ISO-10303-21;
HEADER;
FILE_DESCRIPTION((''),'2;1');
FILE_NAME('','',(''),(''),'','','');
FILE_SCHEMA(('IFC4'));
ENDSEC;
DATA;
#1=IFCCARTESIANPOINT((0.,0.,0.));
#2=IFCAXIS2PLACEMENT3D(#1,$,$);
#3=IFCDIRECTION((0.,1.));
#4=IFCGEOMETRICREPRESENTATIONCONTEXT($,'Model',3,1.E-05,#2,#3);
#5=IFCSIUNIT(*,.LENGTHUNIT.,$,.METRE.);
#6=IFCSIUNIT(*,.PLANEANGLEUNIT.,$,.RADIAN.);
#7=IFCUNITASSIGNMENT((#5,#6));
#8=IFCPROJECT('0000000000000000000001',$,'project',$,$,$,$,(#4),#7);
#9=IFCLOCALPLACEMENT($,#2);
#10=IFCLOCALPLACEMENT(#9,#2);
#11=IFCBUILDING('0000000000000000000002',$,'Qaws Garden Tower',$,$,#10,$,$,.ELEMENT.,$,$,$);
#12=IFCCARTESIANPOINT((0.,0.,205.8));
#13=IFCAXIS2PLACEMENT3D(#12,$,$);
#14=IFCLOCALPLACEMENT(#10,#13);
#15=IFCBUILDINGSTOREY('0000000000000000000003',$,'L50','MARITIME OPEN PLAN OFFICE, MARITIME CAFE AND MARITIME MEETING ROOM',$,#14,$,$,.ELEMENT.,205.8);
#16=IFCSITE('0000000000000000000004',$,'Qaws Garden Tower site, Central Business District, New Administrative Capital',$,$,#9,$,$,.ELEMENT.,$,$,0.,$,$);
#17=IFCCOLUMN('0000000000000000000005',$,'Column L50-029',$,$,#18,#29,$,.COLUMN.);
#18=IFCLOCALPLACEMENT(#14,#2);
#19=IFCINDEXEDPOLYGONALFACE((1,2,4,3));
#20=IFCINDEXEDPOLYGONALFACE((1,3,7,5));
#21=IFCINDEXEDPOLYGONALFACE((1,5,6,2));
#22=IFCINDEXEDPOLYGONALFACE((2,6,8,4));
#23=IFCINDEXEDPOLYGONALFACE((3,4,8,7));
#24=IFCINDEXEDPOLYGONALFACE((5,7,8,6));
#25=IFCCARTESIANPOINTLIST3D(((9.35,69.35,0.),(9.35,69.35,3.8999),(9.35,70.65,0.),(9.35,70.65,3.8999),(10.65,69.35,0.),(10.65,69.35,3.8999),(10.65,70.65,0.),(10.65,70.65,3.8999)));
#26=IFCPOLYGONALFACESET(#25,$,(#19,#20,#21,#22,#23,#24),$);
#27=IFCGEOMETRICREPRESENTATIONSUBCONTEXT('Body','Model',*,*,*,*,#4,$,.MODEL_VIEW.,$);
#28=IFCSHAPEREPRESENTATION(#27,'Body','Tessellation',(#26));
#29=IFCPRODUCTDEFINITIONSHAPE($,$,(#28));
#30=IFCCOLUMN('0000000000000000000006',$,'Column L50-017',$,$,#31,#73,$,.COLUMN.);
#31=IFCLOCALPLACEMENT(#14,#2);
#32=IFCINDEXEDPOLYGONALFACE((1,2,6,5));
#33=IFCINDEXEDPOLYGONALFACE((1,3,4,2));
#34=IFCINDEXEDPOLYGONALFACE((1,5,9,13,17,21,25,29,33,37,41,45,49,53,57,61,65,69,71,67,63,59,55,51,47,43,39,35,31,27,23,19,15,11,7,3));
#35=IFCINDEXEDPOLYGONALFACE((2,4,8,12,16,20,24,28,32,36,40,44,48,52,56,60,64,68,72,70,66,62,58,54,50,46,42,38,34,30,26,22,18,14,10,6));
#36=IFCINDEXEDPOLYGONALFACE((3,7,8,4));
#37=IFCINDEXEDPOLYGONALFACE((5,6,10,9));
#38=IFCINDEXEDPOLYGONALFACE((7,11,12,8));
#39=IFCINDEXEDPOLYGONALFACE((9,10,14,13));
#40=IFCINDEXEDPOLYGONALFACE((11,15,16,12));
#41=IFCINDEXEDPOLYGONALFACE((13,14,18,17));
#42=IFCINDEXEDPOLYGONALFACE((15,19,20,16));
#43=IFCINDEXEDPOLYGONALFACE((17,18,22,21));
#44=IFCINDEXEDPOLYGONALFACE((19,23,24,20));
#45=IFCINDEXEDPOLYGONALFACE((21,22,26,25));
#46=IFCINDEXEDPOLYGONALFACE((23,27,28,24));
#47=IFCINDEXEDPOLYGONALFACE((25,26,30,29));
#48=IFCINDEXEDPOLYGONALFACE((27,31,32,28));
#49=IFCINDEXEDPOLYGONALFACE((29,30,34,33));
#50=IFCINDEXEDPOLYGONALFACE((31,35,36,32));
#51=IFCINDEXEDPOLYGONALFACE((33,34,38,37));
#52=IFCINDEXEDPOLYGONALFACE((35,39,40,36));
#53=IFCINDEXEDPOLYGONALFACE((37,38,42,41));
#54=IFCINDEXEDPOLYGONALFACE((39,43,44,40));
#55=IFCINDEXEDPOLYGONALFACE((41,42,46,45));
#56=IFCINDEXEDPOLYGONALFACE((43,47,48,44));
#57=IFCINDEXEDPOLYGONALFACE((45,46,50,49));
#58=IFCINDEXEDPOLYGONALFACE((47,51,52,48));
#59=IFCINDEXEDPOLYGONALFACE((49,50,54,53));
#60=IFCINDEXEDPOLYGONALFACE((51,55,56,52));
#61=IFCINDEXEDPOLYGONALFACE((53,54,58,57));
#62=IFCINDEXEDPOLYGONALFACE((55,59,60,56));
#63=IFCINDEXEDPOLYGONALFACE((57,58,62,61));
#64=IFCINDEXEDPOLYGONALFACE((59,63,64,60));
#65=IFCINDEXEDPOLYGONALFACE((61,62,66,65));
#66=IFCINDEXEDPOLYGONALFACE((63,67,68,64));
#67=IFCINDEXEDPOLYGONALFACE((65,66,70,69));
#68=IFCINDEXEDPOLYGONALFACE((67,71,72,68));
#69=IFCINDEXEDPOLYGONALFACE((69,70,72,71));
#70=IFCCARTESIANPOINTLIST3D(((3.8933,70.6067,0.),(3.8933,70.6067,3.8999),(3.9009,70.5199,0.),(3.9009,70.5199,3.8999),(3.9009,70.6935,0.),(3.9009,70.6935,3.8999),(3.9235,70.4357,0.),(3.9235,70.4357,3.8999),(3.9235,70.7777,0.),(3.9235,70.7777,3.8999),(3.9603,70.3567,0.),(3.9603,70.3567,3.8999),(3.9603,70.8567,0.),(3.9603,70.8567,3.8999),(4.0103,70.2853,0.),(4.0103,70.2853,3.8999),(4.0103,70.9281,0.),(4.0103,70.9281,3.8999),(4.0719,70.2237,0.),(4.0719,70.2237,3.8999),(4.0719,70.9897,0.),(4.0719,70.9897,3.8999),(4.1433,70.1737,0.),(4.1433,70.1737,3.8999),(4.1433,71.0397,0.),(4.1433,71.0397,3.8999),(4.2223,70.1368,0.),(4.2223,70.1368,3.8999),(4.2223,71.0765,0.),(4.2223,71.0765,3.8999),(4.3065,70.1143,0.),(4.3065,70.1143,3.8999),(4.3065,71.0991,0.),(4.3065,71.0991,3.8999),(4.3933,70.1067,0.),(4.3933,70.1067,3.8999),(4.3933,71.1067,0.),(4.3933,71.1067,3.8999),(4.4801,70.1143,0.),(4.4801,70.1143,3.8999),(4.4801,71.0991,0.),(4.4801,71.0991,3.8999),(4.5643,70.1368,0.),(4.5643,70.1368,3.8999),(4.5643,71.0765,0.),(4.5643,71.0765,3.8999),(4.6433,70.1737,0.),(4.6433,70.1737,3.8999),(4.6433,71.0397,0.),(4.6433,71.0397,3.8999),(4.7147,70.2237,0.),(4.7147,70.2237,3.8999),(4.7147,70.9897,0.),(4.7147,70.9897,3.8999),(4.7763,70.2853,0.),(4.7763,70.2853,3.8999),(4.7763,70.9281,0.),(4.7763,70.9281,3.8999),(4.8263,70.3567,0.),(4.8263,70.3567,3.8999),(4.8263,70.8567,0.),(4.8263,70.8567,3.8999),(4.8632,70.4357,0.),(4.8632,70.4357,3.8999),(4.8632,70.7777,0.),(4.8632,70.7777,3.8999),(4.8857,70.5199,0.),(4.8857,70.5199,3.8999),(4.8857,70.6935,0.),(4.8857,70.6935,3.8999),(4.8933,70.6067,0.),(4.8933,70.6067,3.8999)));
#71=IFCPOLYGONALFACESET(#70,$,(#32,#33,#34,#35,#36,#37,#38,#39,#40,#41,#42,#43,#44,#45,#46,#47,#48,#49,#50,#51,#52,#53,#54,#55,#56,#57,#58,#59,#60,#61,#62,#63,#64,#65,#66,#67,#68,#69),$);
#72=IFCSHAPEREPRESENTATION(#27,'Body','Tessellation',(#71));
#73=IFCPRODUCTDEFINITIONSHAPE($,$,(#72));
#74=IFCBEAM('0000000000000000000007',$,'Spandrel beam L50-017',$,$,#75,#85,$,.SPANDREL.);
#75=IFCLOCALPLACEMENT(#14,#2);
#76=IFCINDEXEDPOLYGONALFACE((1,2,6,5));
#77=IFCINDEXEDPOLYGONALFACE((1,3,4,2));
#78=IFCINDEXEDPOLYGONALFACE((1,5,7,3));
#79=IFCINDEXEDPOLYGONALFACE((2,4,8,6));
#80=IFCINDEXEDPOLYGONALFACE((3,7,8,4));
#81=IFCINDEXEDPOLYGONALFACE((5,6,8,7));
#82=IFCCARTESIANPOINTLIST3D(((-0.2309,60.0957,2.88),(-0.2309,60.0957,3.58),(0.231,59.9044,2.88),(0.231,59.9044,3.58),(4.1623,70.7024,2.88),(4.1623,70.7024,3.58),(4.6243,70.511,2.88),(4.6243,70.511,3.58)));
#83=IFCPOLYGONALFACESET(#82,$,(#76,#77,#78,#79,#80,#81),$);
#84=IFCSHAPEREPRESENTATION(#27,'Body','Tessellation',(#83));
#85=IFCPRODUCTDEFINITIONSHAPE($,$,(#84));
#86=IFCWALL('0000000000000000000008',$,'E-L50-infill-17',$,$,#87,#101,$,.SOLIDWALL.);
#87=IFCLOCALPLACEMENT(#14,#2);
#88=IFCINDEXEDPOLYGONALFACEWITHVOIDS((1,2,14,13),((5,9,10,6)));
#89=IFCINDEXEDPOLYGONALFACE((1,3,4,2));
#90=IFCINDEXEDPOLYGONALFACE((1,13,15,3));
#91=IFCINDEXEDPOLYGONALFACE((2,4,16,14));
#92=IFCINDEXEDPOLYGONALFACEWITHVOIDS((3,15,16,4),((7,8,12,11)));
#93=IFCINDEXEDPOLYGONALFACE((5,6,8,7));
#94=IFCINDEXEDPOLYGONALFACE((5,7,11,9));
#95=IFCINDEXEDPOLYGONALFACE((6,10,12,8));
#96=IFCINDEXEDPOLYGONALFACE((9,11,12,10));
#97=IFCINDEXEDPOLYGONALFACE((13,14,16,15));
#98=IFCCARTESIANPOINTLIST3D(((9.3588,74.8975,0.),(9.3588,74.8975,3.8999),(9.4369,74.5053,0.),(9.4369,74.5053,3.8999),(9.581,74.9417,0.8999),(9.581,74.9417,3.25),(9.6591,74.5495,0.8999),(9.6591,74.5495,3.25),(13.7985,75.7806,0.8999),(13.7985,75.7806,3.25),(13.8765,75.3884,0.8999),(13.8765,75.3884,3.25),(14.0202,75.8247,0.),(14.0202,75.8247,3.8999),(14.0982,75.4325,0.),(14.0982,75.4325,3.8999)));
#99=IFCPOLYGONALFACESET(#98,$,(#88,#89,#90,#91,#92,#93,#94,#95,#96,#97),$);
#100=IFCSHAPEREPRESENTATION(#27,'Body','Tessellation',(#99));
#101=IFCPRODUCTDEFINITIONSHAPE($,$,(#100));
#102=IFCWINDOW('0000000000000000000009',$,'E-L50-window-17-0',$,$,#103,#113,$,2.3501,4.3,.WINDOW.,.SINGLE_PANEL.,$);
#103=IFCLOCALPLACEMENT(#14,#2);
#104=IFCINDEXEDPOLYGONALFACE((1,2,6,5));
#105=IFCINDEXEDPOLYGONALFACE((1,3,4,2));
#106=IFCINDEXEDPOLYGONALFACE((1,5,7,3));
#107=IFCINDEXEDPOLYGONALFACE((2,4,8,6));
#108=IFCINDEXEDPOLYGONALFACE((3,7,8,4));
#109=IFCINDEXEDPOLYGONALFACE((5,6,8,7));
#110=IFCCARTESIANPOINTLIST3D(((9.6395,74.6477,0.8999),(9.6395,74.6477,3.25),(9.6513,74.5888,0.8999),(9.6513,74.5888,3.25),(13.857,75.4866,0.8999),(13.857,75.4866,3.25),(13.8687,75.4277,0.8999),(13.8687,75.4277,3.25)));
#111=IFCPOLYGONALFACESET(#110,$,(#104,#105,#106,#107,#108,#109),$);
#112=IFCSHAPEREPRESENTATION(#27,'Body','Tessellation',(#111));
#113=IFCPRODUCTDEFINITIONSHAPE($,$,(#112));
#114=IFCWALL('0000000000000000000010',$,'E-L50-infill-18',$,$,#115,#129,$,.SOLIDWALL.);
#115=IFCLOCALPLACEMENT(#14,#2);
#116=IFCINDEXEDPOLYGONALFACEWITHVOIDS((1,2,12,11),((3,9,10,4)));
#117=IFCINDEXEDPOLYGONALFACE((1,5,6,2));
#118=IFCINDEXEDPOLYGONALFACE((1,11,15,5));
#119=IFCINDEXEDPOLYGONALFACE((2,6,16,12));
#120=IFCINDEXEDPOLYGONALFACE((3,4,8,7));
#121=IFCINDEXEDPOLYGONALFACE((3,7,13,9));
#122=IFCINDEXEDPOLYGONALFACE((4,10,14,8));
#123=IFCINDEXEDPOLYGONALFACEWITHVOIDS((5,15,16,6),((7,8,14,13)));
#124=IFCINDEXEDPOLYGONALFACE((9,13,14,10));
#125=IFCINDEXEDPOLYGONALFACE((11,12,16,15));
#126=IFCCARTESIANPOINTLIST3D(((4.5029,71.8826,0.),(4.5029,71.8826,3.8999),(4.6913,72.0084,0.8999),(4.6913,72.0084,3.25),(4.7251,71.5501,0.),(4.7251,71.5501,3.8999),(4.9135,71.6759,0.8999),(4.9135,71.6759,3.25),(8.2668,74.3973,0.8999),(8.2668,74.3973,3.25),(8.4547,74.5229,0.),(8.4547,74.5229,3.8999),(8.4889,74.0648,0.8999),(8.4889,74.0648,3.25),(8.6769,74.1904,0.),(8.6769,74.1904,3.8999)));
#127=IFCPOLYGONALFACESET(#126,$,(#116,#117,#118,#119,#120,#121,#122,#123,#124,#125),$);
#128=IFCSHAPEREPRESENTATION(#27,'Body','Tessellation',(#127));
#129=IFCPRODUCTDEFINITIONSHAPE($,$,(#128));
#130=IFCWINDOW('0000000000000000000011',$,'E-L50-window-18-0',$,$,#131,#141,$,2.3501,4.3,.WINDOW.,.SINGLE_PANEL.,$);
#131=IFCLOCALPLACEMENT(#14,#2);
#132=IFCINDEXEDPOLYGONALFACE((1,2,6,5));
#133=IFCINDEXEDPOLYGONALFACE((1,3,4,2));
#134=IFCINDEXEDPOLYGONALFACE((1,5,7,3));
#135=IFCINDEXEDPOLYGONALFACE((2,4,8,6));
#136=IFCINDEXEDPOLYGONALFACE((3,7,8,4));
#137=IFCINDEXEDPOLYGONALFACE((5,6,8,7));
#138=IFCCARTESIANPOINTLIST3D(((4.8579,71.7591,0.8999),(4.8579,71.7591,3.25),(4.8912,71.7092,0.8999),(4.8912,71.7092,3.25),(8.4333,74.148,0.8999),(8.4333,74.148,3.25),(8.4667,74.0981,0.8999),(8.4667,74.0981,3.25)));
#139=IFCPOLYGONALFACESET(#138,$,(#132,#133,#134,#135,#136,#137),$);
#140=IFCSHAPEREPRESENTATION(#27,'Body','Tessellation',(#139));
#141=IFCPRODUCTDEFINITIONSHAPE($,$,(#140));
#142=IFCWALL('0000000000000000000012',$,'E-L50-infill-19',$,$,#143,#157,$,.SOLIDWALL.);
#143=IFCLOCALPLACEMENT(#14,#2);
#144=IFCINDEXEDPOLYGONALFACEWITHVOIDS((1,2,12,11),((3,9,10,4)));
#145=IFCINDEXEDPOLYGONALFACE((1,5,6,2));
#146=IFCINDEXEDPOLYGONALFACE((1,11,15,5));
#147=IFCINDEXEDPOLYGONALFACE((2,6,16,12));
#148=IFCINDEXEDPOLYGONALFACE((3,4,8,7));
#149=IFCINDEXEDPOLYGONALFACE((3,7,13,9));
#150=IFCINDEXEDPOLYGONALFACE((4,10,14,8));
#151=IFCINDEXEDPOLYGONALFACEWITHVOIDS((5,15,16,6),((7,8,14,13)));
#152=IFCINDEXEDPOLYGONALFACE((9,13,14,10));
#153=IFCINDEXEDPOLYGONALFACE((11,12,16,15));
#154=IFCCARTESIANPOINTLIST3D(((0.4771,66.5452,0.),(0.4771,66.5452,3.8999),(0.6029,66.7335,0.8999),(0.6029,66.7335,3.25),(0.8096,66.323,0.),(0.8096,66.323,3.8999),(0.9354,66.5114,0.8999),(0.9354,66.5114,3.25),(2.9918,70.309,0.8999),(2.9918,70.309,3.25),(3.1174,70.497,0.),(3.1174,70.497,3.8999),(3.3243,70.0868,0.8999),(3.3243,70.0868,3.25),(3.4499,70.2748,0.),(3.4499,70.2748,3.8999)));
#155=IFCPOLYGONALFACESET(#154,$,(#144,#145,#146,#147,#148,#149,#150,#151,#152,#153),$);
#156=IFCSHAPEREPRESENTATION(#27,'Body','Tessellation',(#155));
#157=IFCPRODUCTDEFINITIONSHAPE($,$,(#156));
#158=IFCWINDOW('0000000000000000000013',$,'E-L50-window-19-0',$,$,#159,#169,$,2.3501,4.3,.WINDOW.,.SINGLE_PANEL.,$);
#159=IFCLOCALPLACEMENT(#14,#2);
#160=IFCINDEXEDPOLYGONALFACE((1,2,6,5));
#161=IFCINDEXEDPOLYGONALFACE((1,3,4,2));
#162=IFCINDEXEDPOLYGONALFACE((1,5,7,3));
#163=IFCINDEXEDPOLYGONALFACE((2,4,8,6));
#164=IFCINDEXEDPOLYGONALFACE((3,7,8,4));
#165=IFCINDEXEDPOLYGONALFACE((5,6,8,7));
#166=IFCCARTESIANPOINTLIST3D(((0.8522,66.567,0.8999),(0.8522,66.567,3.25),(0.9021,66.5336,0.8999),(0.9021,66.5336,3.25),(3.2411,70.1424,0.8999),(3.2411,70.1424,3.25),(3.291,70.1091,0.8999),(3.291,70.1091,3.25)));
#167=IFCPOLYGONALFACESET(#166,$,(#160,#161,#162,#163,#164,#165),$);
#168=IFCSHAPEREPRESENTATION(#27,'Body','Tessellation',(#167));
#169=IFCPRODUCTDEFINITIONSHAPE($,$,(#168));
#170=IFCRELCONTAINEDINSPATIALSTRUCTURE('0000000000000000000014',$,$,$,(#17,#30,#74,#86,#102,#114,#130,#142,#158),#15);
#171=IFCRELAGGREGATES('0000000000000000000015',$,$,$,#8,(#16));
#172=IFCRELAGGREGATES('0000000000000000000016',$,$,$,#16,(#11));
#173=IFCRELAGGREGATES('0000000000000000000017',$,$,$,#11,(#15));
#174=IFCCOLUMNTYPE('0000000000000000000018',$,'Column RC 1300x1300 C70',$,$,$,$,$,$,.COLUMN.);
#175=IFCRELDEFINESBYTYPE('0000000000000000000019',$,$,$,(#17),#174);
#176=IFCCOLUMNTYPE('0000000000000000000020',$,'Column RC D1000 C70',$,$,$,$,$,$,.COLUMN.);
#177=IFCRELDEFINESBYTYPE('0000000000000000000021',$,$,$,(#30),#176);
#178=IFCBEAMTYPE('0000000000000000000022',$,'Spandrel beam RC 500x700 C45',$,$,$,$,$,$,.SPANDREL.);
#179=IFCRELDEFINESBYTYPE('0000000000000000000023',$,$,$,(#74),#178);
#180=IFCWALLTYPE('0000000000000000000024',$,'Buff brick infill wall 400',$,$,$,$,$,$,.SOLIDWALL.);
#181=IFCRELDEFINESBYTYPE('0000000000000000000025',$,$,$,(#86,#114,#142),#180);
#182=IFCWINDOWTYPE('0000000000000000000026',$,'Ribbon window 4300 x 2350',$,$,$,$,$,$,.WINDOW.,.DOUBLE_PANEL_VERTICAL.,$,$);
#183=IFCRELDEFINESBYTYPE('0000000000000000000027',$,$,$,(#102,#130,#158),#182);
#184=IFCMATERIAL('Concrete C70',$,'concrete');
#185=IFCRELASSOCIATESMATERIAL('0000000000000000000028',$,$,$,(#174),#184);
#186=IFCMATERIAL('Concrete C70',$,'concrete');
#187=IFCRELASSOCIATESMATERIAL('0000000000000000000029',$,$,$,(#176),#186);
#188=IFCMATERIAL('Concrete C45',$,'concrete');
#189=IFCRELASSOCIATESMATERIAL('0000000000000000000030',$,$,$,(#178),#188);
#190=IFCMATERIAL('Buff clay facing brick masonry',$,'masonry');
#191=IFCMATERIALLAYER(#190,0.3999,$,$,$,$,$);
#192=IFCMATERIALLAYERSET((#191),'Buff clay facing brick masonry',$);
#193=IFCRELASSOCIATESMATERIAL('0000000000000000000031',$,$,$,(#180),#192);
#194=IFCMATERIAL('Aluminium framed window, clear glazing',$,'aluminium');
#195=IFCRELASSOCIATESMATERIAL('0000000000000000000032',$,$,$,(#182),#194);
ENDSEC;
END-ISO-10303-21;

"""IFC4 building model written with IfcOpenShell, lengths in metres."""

from ifc_helpers import new_model, si_unit, direction, frame, frame_2d, origin, origin_2d, place, context, subcontext, project, spatial, rectangle, circle, extrude, material, layer, layer_set, material_profile, profile_set, type_object, element, fill, save


model = new_model("IFC4")

# Units and contexts
model_context = context("Model", 3, precision=1e-05, world=origin(), true_north=direction((0.0, 1.0)))
body_context = subcontext(model_context, "Body", "Model", "MODEL_VIEW")
ifc_project = project(units=[si_unit("LENGTHUNIT", "METRE"), si_unit("PLANEANGLEUNIT", "RADIAN")], contexts=[model_context])

# Site, building, storey
site_placement = place(None, origin())
site = spatial("IfcSite", under=ifc_project, at=site_placement, Name="Qaws Garden Tower site, Central Business District, New Administrative Capital", CompositionType="ELEMENT", RefElevation=0.0)
building_placement = place(site_placement, origin())
building = spatial("IfcBuilding", under=site, at=building_placement, Name="Qaws Garden Tower", CompositionType="ELEMENT")
storey_placement = place(building_placement, frame((0.0, 0.0, 205.8)))
storey = spatial("IfcBuildingStorey", under=building, at=storey_placement, Name="L50", Description="MARITIME OPEN PLAN OFFICE, MARITIME CAFE AND MARITIME MEETING ROOM", CompositionType="ELEMENT", Elevation=205.8)

# Columns
ifc_material_1 = material(Name="Concrete C70", Category="concrete")
ifc_material_profile_1 = material_profile(ifc_material_1, rectangle(XDim=1.3, YDim=1.3, at=origin_2d()), Name="RC 1300x1300")
ifc_profile_set_1 = profile_set([ifc_material_profile_1], Name="Concrete C70")
column_type_1 = type_object("IfcColumnType", Name="Column RC 1300x1300 C70", PredefinedType="COLUMN", material=ifc_profile_set_1)
column_1_placement = place(storey_placement, frame((10.0, 70.0, 0.0), z_axis=(0.0, 0.0, 1.0), x_axis=(1.0, 0.0, 0.0)))
element("IfcColumn", 1, at=column_1_placement, inside=storey, type_object=column_type_1, Name="Column L50-029", PredefinedType="COLUMN", context=body_context, shape_type="SweptSolid", body=[
    extrude(rectangle(XDim=1.3, YDim=1.3, at=origin_2d()), origin(), (0.0, 0.0, 1.0), 3.8999),
])
ifc_material_2 = material(Name="Concrete C70", Category="concrete")
ifc_material_profile_2 = material_profile(ifc_material_2, circle(Radius=0.5, at=origin_2d()), Name="RC D1000")
ifc_profile_set_2 = profile_set([ifc_material_profile_2], Name="Concrete C70")
column_type_2 = type_object("IfcColumnType", Name="Column RC D1000 C70", PredefinedType="COLUMN", material=ifc_profile_set_2)
column_2_placement = place(storey_placement, frame((4.3933, 70.6067, 0.0), z_axis=(0.0, 0.0, 1.0), x_axis=(1.0, 0.0, 0.0)))
element("IfcColumn", 2, at=column_2_placement, inside=storey, type_object=column_type_2, Name="Column L50-017", PredefinedType="COLUMN", context=body_context, shape_type="SweptSolid", body=[
    extrude(circle(Radius=0.5, at=origin_2d()), origin(), (0.0, 0.0, 1.0), 3.8999),
])

# Beam
ifc_material_3 = material(Name="Concrete C45", Category="concrete")
ifc_material_profile_3 = material_profile(ifc_material_3, rectangle(XDim=0.5, YDim=0.7, at=origin_2d()), Name="RC 500x700")
ifc_profile_set_3 = profile_set([ifc_material_profile_3], Name="Concrete C45")
beam_type = type_object("IfcBeamType", Name="Spandrel beam RC 500x700 C45", PredefinedType="SPANDREL", material=ifc_profile_set_3)
beam_placement = place(storey_placement, frame((4.3933, 70.6067, 3.23), z_axis=(-0.382674, -0.923883, 0.0), x_axis=(0.923883, -0.382674, 0.0)))
element("IfcBeam", 3, at=beam_placement, inside=storey, type_object=beam_type, Name="Spandrel beam L50-017", PredefinedType="SPANDREL", context=body_context, shape_type="SweptSolid", body=[
    extrude(rectangle(XDim=0.5, YDim=0.7, at=origin_2d()), origin(), (0.0, 0.0, 1.0), 11.4805),
])

# Walls, openings, windows
ifc_material_4 = material(Name="Buff clay facing brick masonry", Category="masonry")
ifc_layer_1 = layer(ifc_material_4, 0.3999)
ifc_layer_set_1 = layer_set([ifc_layer_1], Name="Buff clay facing brick masonry")
wall_type_1 = type_object("IfcWallType", Name="Buff brick infill wall 400", PredefinedType="SOLIDWALL", material=ifc_layer_set_1)
wall_1_placement = place(storey_placement, frame((14.0593, 75.6287, 0.0), z_axis=(0.0, 0.0, 1.0), x_axis=(-0.980784, -0.195099, 0.0)))
wall_1 = element("IfcWall", 4, at=wall_1_placement, inside=storey, type_object=wall_type_1, Name="E-L50-infill-17", PredefinedType="SOLIDWALL", context=body_context, shape_type="SweptSolid", body=[
    extrude(rectangle(XDim=4.7527, YDim=0.3999, at=frame_2d((2.3765, 0.0))), origin(), (0.0, 0.0, 1.0), 3.8999),
])
opening_1_placement = place(wall_1_placement, frame((0.2263, 0.0, 0.8999)))
opening_1 = element("IfcOpeningElement", 5, at=opening_1_placement, cuts=wall_1, PredefinedType="OPENING", context=body_context, shape_type="SweptSolid", body=[
    extrude(rectangle(XDim=4.3, YDim=2.3501, at=frame_2d((2.1499, 1.175))), frame((0.0, 0.21, 0.0), z_axis=(0.0, -1.0, 0.0), x_axis=(1.0, 0.0, 0.0)), (0.0, 0.0, 1.0), 0.4199),
])
ifc_material_5 = material(Name="Aluminium framed window, clear glazing", Category="aluminium")
window_type = type_object("IfcWindowType", Name="Ribbon window 4300 x 2350", PartitioningType="DOUBLE_PANEL_VERTICAL", PredefinedType="WINDOW", material=ifc_material_5)
window_1_placement = place(opening_1_placement, origin())
window_1 = element("IfcWindow", 6, at=window_1_placement, inside=storey, type_object=window_type, Name="E-L50-window-17-0", OverallHeight=2.3501, OverallWidth=4.3, PartitioningType="SINGLE_PANEL", PredefinedType="WINDOW", context=body_context, shape_type="SweptSolid", body=[
    extrude(rectangle(XDim=4.3, YDim=2.3501, at=frame_2d((2.1499, 1.175))), frame((0.0, 0.1599, 0.0), z_axis=(0.0, -1.0, 0.0), x_axis=(1.0, 0.0, 0.0)), (0.0, 0.0, 1.0), 0.0601),
])
fill(opening_1, window_1)
wall_2_placement = place(storey_placement, frame((8.5659, 74.3567, 0.0), z_axis=(0.0, 0.0, 1.0), x_axis=(-0.831489, -0.555542, 0.0)))
wall_2 = element("IfcWall", 7, at=wall_2_placement, inside=storey, type_object=wall_type_1, Name="E-L50-infill-18", PredefinedType="SOLIDWALL", context=body_context, shape_type="SweptSolid", body=[
    extrude(rectangle(XDim=4.7527, YDim=0.3999, at=frame_2d((2.3765, 0.0))), origin(), (0.0, 0.0, 1.0), 3.8999),
])
opening_2_placement = place(wall_2_placement, frame((0.2263, 0.0, 0.8999)))
opening_2 = element("IfcOpeningElement", 8, at=opening_2_placement, cuts=wall_2, PredefinedType="OPENING", context=body_context, shape_type="SweptSolid", body=[
    extrude(rectangle(XDim=4.3, YDim=2.3501, at=frame_2d((2.1499, 1.175))), frame((0.0, 0.21, 0.0), z_axis=(0.0, -1.0, 0.0), x_axis=(1.0, 0.0, 0.0)), (0.0, 0.0, 1.0), 0.4199),
])
window_2_placement = place(opening_2_placement, origin())
window_2 = element("IfcWindow", 9, at=window_2_placement, inside=storey, type_object=window_type, Name="E-L50-window-18-0", OverallHeight=2.3501, OverallWidth=4.3, PartitioningType="SINGLE_PANEL", PredefinedType="WINDOW", context=body_context, shape_type="SweptSolid", body=[
    extrude(rectangle(XDim=4.3, YDim=2.3501, at=frame_2d((2.1499, 1.175))), frame((0.0, 0.1599, 0.0), z_axis=(0.0, -1.0, 0.0), x_axis=(1.0, 0.0, 0.0)), (0.0, 0.0, 1.0), 0.0601),
])
fill(opening_2, window_2)
wall_3_placement = place(storey_placement, frame((3.2837, 70.386, 0.0), z_axis=(0.0, 0.0, 1.0), x_axis=(-0.555542, -0.831489, 0.0)))
wall_3 = element("IfcWall", 10, at=wall_3_placement, inside=storey, type_object=wall_type_1, Name="E-L50-infill-19", PredefinedType="SOLIDWALL", context=body_context, shape_type="SweptSolid", body=[
    extrude(rectangle(XDim=4.7527, YDim=0.3999, at=frame_2d((2.3765, 0.0))), origin(), (0.0, 0.0, 1.0), 3.8999),
])
opening_3_placement = place(wall_3_placement, frame((0.2263, 0.0, 0.8999)))
opening_3 = element("IfcOpeningElement", 11, at=opening_3_placement, cuts=wall_3, PredefinedType="OPENING", context=body_context, shape_type="SweptSolid", body=[
    extrude(rectangle(XDim=4.3, YDim=2.3501, at=frame_2d((2.1499, 1.175))), frame((0.0, 0.21, 0.0), z_axis=(0.0, -1.0, 0.0), x_axis=(1.0, 0.0, 0.0)), (0.0, 0.0, 1.0), 0.4199),
])
window_3_placement = place(opening_3_placement, origin())
window_3 = element("IfcWindow", 12, at=window_3_placement, inside=storey, type_object=window_type, Name="E-L50-window-19-0", OverallHeight=2.3501, OverallWidth=4.3, PartitioningType="SINGLE_PANEL", PredefinedType="WINDOW", context=body_context, shape_type="SweptSolid", body=[
    extrude(rectangle(XDim=4.3, YDim=2.3501, at=frame_2d((2.1499, 1.175))), frame((0.0, 0.1599, 0.0), z_axis=(0.0, -1.0, 0.0), x_axis=(1.0, 0.0, 0.0)), (0.0, 0.0, 1.0), 0.0601),
])
fill(opening_3, window_3)

save(model, "model.ifc")
